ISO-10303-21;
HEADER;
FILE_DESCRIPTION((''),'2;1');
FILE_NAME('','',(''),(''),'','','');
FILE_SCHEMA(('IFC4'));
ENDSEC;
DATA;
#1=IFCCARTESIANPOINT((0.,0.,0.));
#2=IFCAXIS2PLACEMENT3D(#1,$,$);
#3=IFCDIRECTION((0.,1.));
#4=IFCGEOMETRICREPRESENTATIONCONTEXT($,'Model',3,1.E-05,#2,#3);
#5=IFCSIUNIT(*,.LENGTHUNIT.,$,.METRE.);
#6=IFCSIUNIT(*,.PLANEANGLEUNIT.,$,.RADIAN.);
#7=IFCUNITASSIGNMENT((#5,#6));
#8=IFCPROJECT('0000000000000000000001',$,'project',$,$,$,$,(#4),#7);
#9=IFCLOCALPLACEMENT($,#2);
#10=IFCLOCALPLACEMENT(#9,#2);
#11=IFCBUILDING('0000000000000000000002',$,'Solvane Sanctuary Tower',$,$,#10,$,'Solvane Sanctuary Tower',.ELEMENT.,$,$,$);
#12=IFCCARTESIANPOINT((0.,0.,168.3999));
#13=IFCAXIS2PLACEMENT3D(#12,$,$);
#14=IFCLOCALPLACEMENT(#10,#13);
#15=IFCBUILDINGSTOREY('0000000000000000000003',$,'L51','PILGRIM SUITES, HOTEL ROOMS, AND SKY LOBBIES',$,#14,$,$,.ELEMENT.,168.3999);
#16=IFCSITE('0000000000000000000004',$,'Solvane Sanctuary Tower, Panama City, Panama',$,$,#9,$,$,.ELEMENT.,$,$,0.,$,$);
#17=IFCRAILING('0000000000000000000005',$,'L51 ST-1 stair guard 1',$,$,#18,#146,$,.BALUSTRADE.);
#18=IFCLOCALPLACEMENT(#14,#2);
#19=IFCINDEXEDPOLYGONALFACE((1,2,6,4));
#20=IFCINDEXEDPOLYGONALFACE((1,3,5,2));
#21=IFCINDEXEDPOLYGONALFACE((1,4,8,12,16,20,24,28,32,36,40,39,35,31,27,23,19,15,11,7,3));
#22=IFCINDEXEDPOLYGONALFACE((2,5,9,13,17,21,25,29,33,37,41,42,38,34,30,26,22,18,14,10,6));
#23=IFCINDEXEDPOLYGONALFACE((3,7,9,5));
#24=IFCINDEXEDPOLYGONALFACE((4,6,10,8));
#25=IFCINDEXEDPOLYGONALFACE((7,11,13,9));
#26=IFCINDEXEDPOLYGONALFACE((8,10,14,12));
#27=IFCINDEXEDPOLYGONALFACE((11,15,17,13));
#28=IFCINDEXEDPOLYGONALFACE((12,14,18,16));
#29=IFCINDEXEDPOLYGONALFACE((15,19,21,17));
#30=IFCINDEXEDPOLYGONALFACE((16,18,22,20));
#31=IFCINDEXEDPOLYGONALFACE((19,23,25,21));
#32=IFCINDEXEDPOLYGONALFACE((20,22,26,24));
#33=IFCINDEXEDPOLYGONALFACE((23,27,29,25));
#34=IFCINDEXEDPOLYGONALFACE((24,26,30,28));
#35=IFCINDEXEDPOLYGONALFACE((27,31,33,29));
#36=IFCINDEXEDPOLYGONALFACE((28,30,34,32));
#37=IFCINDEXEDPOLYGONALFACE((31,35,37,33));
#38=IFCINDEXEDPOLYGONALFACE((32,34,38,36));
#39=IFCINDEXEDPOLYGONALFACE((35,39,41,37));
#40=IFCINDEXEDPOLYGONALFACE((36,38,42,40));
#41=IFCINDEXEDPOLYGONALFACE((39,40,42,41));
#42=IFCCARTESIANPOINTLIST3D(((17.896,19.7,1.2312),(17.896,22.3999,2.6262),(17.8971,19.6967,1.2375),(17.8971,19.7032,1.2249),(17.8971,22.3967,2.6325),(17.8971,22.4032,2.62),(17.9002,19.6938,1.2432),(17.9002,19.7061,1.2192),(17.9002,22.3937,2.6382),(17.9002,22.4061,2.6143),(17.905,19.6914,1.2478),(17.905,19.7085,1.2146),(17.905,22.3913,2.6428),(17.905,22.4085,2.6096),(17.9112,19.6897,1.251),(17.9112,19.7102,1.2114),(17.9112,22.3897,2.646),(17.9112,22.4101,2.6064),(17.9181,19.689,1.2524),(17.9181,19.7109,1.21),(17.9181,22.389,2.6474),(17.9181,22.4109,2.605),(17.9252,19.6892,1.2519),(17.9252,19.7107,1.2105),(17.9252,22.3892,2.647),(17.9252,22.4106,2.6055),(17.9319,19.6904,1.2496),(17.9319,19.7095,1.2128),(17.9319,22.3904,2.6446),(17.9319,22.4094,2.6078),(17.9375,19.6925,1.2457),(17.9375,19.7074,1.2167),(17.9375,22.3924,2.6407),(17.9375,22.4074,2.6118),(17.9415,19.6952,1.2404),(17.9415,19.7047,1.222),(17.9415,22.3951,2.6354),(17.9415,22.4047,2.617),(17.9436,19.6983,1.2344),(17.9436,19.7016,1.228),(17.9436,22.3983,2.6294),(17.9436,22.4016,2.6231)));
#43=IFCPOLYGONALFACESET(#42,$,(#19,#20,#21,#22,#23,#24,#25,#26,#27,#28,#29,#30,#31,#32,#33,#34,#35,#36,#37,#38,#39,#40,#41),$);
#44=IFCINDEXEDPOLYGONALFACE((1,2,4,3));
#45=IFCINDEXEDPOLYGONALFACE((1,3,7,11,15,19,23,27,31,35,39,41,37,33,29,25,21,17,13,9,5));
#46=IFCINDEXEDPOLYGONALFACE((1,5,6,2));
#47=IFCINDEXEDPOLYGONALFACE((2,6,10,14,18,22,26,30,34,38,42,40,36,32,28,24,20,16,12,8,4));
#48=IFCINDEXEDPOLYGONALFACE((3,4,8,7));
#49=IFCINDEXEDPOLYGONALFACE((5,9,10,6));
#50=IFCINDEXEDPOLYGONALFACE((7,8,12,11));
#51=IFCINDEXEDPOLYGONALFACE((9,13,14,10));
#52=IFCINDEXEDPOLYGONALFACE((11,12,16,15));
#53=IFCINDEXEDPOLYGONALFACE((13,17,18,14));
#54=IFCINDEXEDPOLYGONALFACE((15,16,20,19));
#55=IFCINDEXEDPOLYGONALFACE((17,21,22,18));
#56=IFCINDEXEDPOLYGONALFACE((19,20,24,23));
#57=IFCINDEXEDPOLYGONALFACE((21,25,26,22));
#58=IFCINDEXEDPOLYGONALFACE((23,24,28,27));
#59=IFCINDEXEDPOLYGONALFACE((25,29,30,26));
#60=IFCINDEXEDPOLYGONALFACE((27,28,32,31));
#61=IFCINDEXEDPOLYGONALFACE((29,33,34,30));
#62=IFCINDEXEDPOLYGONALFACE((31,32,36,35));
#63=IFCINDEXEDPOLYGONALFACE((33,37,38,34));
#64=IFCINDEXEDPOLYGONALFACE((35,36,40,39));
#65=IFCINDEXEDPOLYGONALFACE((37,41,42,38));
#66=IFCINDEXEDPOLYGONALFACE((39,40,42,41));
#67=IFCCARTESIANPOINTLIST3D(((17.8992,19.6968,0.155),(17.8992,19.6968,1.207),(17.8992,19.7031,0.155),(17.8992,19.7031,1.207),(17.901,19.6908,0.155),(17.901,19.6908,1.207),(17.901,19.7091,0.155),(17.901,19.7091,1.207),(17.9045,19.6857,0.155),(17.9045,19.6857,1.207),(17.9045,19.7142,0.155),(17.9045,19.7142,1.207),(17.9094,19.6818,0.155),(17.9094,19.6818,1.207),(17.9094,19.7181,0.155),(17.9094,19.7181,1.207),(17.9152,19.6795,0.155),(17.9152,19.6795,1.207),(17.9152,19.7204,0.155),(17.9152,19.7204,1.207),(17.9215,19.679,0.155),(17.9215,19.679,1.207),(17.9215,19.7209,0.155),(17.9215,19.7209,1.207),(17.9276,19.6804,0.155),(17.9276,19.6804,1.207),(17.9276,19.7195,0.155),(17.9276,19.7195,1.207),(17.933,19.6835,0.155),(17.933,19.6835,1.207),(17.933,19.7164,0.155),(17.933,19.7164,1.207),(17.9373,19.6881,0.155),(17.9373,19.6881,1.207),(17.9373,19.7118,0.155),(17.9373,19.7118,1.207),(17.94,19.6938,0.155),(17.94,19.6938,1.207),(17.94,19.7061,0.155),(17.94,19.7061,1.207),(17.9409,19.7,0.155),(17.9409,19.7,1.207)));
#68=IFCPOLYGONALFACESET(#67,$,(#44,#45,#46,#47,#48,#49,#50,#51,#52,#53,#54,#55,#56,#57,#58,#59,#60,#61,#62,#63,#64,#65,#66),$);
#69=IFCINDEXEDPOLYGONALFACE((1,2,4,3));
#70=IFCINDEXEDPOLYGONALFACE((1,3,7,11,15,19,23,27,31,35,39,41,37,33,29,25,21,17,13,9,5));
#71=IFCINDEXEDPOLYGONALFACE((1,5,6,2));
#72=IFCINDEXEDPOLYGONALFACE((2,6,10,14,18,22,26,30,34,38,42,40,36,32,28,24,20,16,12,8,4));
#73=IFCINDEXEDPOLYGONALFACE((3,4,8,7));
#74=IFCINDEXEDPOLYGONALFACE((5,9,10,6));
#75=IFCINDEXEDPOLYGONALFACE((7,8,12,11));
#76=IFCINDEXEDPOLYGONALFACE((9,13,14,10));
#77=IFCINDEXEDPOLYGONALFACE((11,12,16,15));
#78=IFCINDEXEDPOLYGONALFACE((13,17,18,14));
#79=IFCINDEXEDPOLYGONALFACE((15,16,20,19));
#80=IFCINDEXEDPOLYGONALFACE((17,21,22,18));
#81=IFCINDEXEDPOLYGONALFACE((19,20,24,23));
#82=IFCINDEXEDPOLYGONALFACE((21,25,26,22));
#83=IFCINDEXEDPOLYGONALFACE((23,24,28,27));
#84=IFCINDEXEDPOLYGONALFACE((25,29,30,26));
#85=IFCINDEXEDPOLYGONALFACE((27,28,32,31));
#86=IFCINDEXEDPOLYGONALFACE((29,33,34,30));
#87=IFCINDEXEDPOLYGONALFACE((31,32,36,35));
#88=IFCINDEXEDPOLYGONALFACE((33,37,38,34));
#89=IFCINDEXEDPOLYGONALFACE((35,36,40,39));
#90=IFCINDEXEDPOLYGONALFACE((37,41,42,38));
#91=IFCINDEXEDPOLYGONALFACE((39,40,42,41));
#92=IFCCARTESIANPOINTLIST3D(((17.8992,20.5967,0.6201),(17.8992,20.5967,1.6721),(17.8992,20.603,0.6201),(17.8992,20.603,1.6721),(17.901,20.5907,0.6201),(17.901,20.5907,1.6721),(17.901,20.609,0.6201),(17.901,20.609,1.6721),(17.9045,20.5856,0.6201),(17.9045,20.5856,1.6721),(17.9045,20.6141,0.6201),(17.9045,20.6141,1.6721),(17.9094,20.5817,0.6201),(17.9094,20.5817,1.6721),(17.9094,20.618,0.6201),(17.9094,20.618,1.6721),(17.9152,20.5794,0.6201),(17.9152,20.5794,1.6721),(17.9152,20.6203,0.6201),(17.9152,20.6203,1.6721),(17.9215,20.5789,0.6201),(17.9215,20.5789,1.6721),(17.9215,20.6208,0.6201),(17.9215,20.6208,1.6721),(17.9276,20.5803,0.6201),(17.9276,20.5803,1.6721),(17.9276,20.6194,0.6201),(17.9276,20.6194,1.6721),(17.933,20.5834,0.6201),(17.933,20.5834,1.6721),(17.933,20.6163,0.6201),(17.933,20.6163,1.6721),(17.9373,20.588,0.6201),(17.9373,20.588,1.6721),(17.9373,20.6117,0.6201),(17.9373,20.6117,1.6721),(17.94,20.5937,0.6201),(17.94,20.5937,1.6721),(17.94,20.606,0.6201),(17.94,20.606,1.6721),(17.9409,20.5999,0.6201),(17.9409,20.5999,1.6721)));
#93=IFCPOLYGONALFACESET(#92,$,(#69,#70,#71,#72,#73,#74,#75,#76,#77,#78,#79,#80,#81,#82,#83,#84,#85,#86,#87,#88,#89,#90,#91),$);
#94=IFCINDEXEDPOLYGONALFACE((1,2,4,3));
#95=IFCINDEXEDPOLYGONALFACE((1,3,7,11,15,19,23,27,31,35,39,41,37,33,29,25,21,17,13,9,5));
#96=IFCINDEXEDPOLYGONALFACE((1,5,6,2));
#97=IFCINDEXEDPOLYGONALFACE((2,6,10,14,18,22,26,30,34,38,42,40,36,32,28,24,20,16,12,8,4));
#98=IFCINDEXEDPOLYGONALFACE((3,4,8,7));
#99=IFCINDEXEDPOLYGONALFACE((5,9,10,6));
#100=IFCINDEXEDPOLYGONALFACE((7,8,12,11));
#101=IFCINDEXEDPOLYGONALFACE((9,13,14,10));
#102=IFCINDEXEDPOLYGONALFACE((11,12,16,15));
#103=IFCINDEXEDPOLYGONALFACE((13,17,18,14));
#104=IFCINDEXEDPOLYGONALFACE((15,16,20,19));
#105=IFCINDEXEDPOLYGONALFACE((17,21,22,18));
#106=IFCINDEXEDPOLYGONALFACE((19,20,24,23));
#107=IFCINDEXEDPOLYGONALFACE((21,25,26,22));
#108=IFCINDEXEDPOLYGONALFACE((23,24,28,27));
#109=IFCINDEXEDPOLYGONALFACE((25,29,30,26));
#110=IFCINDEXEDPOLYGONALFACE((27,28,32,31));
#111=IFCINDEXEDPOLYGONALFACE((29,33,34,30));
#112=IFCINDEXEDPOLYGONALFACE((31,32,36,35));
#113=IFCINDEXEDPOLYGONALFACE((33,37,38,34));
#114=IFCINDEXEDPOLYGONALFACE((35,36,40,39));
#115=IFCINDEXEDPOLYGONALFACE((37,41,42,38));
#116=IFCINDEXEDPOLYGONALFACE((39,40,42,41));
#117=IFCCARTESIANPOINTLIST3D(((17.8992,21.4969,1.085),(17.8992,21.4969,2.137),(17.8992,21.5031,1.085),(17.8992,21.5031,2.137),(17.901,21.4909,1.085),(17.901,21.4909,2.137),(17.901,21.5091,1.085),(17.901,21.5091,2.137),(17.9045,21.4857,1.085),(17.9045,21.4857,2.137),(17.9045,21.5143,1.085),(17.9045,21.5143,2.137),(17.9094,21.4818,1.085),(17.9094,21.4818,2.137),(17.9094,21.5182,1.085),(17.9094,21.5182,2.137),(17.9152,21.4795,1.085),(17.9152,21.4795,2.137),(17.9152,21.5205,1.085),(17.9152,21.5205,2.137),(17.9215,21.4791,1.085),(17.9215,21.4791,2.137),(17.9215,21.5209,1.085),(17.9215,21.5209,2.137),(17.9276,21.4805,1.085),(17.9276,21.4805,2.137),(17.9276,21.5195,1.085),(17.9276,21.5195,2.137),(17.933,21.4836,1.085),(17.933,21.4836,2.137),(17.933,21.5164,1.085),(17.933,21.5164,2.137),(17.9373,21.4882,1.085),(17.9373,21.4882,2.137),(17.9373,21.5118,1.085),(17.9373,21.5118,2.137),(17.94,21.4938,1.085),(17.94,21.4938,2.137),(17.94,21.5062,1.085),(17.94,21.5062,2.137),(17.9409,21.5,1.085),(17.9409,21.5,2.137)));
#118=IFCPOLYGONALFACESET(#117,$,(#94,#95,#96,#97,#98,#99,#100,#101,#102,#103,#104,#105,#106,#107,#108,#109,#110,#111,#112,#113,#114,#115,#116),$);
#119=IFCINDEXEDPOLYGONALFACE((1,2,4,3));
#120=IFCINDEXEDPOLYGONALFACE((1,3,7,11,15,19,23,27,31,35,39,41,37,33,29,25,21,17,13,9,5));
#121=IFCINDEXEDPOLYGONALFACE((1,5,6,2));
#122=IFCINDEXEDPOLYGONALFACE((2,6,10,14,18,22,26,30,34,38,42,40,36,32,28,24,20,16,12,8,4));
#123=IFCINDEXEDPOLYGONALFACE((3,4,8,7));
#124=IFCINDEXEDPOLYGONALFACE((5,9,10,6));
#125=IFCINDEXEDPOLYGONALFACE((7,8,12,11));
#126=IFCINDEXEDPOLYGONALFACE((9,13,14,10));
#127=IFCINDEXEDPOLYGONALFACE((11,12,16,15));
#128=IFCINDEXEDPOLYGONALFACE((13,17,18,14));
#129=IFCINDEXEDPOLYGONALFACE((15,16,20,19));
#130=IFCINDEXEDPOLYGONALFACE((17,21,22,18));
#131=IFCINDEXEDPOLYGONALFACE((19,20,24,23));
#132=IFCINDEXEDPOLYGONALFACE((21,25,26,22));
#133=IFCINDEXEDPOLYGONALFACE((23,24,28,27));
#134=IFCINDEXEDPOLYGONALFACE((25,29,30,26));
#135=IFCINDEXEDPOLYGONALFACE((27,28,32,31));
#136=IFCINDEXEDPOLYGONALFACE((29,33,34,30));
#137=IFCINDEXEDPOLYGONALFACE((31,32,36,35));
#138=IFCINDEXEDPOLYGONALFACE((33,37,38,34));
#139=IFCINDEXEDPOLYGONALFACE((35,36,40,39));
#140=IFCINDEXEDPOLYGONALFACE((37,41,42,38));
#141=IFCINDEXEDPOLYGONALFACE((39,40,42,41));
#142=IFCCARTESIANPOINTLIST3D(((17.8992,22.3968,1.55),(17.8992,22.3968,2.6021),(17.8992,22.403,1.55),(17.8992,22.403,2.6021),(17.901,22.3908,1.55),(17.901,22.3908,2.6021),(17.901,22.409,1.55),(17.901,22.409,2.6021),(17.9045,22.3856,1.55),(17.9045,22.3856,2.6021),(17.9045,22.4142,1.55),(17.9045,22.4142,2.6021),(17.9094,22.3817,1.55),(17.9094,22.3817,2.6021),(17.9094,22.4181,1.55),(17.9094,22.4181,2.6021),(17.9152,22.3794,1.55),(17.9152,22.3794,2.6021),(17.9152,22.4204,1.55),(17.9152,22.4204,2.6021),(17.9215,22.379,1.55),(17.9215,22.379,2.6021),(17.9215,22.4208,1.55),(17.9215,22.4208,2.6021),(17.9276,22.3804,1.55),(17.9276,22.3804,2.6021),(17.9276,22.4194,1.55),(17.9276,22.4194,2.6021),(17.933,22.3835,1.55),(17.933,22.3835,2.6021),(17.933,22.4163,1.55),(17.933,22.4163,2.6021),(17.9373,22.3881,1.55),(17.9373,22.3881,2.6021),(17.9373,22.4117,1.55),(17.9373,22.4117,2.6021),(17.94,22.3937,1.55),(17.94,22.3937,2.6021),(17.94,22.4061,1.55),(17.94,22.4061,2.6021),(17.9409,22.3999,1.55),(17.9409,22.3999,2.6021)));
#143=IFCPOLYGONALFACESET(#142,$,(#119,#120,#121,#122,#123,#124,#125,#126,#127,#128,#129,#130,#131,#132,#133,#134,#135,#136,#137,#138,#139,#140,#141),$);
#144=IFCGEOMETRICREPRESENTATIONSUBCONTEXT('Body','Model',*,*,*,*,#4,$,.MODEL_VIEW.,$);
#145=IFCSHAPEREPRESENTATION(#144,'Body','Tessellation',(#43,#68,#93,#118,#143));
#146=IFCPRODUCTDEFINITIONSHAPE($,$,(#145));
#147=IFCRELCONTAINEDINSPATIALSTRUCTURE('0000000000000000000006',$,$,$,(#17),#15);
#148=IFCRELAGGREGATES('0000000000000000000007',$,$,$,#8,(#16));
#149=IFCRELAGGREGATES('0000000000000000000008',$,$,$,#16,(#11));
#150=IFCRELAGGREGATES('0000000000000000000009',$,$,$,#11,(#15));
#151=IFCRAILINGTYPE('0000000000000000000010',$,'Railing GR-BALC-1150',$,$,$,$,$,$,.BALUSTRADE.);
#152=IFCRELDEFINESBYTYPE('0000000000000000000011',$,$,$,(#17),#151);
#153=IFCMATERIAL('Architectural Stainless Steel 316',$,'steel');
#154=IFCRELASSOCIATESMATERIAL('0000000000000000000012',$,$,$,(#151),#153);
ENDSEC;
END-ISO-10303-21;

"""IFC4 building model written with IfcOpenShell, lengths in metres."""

from ifc_helpers import new_model, si_unit, direction, frame, origin, origin_2d, place, context, subcontext, project, spatial, circle, extrude, material, type_object, element, save


model = new_model("IFC4")

# Units and contexts
model_context = context("Model", 3, precision=1e-05, world=origin(), true_north=direction((0.0, 1.0)))
body_context = subcontext(model_context, "Body", "Model", "MODEL_VIEW")
ifc_project = project(units=[si_unit("LENGTHUNIT", "METRE"), si_unit("PLANEANGLEUNIT", "RADIAN")], contexts=[model_context])

# Site, building, storey
site_placement = place(None, origin())
site = spatial("IfcSite", under=ifc_project, at=site_placement, Name="Solvane Sanctuary Tower, Panama City, Panama", CompositionType="ELEMENT", RefElevation=0.0)
building_placement = place(site_placement, origin())
building = spatial("IfcBuilding", under=site, at=building_placement, Name="Solvane Sanctuary Tower", LongName="Solvane Sanctuary Tower", CompositionType="ELEMENT")
storey_placement = place(building_placement, frame((0.0, 0.0, 168.3999)))
storey = spatial("IfcBuildingStorey", under=building, at=storey_placement, Name="L51", Description="PILGRIM SUITES, HOTEL ROOMS, AND SKY LOBBIES", CompositionType="ELEMENT", Elevation=168.3999)

# Shared definitions
ifc_material_1 = material(Name="Architectural Stainless Steel 316", Category="steel")

# Railing
railing_type_1 = type_object("IfcRailingType", Name="Railing GR-BALC-1150", PredefinedType="BALUSTRADE", material=ifc_material_1)
railing_1_placement = place(storey_placement, frame((17.9199, 19.7, 0.155)))
element("IfcRailing", 1, at=railing_1_placement, inside=storey, type_object=railing_type_1, Name="L51 ST-1 stair guard 1", PredefinedType="BALUSTRADE", context=body_context, shape_type="SweptSolid", body=[
    extrude(circle(Radius=0.0239, at=origin_2d()), frame((0.0, 0.0, 1.0762), z_axis=(0.0, 0.88842, 0.459032), x_axis=(-1.0, 0.0, 0.0)), (0.0, 0.0, 1.0), 3.0391),
    extrude(circle(Radius=0.021, at=origin_2d()), origin(), (0.0, 0.0, 1.0), 1.052),
    extrude(circle(Radius=0.021, at=origin_2d()), frame((0.0, 0.8999, 0.4651)), (0.0, 0.0, 1.0), 1.052),
    extrude(circle(Radius=0.021, at=origin_2d()), frame((0.0, 1.8, 0.9299)), (0.0, 0.0, 1.0), 1.052),
    extrude(circle(Radius=0.021, at=origin_2d()), frame((0.0, 2.7, 1.395)), (0.0, 0.0, 1.0), 1.052),
])

save(model, "model.ifc")
